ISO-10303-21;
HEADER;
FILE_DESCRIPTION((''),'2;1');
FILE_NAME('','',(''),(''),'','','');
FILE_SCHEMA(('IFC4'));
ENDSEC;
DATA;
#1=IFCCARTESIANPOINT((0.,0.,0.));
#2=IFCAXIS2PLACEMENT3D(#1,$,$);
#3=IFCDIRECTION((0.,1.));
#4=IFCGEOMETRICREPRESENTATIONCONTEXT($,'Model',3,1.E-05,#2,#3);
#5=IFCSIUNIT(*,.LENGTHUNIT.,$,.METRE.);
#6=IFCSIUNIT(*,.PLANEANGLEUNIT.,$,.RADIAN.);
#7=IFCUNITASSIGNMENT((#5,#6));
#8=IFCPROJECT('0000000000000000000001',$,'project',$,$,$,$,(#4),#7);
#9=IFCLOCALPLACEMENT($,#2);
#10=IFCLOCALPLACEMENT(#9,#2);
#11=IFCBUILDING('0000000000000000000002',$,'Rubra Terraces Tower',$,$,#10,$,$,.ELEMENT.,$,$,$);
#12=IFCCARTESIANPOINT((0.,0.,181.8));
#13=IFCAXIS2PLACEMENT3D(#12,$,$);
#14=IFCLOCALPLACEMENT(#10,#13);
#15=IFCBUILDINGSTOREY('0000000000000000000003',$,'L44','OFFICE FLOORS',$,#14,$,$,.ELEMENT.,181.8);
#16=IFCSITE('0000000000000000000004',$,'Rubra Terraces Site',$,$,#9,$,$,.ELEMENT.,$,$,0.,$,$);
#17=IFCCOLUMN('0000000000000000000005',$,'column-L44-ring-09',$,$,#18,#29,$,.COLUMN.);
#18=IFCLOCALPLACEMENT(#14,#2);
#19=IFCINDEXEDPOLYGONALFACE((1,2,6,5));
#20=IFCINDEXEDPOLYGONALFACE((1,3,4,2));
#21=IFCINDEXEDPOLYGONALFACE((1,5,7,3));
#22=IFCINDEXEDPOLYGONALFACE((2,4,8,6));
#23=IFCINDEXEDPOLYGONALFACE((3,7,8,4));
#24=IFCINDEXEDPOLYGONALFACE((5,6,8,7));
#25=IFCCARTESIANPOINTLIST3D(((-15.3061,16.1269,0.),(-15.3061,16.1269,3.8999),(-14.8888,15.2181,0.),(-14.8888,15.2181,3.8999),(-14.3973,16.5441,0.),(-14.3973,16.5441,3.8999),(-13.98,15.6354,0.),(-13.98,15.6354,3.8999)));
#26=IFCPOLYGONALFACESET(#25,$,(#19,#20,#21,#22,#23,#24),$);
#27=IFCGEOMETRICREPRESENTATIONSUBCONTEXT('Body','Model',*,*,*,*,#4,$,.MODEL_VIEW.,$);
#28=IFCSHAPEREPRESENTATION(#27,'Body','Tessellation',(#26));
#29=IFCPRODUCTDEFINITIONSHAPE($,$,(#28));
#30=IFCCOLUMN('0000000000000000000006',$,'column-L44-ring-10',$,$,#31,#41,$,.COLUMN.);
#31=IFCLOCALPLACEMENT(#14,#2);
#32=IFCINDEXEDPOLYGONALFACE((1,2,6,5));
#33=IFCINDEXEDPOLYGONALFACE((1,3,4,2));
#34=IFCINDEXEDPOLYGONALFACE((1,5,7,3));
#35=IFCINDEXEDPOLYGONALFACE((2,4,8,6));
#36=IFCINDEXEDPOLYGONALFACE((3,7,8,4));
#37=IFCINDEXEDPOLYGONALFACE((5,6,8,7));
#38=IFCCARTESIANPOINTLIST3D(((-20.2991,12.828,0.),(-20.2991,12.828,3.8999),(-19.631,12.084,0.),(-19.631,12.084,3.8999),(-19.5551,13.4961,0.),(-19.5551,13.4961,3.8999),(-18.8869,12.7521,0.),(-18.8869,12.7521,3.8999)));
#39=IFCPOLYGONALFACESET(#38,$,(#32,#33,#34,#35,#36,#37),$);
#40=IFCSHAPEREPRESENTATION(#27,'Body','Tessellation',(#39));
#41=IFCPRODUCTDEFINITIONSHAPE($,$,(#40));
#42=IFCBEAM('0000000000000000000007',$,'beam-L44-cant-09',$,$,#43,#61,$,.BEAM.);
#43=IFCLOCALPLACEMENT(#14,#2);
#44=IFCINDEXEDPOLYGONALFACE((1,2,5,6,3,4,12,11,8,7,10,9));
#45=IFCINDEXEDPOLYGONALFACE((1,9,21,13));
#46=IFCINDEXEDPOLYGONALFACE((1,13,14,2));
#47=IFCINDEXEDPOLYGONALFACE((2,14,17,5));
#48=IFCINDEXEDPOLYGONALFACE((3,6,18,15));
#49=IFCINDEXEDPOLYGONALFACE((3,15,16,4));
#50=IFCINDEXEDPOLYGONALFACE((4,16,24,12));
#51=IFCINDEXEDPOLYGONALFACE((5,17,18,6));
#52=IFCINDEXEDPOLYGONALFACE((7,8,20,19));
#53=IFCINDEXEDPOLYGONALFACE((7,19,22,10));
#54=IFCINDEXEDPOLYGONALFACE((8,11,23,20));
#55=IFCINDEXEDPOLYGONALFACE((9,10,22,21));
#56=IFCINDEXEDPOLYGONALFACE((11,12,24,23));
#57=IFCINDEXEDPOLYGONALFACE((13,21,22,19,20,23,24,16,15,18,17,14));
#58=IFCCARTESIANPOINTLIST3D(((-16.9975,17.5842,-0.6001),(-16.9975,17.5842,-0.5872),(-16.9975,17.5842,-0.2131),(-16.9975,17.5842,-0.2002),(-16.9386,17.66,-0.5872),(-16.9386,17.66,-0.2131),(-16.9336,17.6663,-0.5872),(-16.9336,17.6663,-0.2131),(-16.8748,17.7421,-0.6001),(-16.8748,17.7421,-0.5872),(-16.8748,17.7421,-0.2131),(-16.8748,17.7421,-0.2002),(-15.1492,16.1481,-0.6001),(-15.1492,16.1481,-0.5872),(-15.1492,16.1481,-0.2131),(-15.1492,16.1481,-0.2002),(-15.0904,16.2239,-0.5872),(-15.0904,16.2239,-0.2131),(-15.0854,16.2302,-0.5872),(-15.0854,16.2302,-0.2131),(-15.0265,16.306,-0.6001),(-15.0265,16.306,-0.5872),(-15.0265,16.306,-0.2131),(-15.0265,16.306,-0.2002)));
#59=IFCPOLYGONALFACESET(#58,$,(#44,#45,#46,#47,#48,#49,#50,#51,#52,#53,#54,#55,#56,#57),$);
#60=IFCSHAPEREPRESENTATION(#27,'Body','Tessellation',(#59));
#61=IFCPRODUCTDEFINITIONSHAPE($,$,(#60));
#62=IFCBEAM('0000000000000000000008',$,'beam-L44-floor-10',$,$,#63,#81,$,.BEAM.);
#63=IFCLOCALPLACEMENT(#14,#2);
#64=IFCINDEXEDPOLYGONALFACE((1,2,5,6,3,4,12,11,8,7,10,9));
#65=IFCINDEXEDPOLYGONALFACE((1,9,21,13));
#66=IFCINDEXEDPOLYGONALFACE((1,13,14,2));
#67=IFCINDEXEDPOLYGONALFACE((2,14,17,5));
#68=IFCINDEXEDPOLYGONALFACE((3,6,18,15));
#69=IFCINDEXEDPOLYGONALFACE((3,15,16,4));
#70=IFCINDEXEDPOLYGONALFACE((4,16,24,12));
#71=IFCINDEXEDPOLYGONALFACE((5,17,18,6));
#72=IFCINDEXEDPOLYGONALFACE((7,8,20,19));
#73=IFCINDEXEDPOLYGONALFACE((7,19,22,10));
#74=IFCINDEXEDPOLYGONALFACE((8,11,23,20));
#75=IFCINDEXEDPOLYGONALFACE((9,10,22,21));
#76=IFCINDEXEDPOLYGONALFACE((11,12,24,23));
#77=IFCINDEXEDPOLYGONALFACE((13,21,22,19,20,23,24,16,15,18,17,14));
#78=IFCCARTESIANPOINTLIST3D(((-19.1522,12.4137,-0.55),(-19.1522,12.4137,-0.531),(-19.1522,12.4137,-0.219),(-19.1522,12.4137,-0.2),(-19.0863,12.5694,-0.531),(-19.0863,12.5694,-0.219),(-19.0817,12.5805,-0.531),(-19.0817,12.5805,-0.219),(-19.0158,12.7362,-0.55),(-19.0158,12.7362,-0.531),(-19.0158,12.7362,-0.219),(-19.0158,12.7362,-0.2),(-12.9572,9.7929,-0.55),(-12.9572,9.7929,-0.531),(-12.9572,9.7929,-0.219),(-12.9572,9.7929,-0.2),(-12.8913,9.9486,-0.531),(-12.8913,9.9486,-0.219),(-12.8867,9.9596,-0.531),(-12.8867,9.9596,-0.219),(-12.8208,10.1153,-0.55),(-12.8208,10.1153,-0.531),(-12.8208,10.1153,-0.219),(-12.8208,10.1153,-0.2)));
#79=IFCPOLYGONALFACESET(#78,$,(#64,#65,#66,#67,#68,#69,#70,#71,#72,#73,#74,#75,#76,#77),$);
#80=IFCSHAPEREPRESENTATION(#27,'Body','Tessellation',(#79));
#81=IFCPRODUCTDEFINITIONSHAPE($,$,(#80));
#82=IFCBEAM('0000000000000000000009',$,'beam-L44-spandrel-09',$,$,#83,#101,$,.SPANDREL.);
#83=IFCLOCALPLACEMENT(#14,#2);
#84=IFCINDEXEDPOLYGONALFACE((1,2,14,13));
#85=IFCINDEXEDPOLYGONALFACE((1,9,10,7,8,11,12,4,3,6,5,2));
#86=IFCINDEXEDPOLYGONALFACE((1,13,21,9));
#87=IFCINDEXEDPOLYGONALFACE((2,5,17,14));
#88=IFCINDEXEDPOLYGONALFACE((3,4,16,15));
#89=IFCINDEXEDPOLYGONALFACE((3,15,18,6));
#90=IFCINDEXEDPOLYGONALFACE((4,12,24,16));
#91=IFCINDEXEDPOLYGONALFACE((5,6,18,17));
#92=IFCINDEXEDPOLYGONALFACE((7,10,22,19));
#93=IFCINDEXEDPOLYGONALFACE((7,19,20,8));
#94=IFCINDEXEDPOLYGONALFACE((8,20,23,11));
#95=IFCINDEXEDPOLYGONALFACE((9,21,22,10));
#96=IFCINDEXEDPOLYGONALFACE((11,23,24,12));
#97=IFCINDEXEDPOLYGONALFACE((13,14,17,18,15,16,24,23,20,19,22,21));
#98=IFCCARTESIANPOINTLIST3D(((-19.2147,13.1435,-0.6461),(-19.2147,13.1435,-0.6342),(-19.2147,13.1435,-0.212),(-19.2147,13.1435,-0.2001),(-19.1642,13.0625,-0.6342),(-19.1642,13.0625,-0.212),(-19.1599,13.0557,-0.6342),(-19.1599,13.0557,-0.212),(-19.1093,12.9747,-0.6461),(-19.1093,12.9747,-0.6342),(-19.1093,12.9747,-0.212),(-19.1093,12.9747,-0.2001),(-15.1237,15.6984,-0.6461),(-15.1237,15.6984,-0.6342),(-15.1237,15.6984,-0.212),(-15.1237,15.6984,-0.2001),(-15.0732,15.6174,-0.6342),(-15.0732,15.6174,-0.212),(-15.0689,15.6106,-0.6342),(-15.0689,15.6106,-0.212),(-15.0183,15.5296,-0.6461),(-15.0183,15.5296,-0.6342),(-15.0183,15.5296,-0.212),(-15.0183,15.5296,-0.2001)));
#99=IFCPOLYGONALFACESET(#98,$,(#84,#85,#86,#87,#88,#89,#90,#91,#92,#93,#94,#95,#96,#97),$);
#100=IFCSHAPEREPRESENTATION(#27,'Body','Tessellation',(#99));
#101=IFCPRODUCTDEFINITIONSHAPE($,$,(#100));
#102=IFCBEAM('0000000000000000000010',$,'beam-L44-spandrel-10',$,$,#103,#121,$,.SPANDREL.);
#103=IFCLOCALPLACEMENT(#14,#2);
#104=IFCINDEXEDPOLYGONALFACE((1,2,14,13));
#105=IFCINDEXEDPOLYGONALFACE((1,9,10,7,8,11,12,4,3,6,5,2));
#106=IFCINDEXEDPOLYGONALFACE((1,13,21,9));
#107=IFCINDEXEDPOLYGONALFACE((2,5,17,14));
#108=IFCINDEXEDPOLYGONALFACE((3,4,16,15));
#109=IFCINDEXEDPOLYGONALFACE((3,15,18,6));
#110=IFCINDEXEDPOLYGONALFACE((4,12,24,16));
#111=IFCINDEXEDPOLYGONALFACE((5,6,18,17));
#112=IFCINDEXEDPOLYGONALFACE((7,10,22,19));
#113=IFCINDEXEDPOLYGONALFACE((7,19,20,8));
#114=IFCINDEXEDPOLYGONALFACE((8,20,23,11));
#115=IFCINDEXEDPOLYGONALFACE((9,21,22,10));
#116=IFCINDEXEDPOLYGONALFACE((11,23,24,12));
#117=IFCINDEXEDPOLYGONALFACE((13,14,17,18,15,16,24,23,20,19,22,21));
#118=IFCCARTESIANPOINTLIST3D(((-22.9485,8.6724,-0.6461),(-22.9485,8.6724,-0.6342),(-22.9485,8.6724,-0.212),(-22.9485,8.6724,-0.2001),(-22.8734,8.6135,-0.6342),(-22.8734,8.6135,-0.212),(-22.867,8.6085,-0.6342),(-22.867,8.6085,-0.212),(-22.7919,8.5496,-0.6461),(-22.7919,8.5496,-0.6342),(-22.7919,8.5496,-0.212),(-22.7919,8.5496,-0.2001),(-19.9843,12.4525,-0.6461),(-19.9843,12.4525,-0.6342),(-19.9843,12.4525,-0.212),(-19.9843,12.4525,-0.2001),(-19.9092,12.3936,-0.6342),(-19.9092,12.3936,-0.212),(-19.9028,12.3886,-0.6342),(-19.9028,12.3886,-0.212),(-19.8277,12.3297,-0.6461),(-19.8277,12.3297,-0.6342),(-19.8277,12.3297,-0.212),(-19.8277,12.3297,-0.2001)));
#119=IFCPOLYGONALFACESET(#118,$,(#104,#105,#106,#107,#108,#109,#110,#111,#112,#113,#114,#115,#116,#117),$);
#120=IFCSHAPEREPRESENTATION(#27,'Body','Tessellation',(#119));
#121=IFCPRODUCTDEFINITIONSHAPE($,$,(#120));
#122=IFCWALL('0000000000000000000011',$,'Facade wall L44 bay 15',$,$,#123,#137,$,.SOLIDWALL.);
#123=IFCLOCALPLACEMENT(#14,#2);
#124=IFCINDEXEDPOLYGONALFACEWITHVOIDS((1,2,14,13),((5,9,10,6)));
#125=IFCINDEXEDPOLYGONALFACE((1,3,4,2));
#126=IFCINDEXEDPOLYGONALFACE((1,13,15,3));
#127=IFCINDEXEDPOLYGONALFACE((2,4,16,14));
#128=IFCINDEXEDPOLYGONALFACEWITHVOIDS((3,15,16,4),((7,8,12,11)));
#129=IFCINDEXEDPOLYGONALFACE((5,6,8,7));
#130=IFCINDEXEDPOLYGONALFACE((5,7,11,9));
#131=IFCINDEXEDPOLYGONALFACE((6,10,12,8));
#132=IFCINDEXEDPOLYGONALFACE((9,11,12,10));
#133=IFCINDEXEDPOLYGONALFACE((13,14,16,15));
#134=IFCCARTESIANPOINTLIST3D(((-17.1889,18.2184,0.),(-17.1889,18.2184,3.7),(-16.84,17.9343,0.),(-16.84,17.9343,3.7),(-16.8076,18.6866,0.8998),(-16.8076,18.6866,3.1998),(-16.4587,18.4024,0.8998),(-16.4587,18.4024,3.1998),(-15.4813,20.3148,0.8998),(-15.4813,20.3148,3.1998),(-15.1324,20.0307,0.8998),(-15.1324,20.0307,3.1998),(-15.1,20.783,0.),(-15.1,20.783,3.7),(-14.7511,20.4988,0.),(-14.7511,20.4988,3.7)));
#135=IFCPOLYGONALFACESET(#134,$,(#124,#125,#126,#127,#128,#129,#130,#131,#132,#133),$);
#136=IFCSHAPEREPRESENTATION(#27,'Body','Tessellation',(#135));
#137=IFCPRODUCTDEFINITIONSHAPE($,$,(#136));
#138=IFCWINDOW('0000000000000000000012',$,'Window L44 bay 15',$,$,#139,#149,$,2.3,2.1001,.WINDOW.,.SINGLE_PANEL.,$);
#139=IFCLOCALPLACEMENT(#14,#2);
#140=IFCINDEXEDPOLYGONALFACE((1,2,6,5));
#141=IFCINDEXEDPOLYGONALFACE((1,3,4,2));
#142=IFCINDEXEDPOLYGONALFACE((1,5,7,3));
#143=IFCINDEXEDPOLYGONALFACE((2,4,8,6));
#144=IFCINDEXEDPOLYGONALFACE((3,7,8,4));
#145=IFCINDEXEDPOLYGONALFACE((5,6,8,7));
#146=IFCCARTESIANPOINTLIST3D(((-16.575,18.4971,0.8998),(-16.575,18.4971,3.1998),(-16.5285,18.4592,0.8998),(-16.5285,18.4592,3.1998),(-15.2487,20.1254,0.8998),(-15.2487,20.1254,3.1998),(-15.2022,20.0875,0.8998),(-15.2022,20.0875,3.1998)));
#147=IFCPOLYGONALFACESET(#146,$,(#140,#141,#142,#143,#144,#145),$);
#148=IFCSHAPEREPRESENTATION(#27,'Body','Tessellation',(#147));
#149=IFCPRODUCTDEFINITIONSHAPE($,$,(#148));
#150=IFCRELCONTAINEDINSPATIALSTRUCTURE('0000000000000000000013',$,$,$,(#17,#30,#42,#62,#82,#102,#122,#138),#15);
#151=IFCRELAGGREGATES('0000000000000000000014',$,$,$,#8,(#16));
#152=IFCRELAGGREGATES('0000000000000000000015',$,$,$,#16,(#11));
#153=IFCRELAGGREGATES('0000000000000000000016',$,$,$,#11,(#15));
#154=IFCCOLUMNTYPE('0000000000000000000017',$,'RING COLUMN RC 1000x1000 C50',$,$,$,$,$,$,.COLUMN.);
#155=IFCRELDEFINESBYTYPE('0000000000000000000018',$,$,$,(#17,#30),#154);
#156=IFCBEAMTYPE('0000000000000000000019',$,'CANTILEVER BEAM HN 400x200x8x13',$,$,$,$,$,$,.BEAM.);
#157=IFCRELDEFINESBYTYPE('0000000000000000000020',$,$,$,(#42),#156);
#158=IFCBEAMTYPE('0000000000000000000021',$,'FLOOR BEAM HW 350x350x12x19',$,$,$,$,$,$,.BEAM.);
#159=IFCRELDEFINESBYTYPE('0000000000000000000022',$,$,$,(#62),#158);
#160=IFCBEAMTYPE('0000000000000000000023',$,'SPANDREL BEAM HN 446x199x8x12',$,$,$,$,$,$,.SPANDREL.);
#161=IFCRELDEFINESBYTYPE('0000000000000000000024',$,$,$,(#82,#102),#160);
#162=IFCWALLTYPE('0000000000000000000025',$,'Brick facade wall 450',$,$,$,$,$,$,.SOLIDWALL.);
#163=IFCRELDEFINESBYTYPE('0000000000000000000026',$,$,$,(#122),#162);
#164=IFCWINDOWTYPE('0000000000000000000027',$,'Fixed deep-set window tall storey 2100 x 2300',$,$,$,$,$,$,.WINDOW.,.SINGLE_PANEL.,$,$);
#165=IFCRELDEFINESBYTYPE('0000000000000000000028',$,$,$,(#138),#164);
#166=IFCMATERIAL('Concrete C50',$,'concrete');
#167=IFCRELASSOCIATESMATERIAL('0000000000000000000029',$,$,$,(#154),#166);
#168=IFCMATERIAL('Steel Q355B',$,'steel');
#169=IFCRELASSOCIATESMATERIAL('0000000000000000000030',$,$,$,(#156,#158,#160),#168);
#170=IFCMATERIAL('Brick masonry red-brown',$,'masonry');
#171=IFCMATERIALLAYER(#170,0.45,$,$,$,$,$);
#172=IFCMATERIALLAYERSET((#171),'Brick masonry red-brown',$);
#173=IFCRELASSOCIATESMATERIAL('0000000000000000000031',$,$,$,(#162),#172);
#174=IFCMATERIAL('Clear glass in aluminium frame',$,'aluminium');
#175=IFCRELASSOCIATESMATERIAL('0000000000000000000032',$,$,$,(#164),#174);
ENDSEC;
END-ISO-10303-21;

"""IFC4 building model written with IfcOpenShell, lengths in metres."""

from ifc_helpers import new_model, si_unit, direction, frame, frame_2d, origin, origin_2d, place, context, subcontext, project, spatial, rectangle, i_section, extrude, material, layer, layer_set, material_profile, profile_set, type_object, element, fill, save


model = new_model("IFC4")

# Units and contexts
model_context = context("Model", 3, precision=1e-05, world=origin(), true_north=direction((0.0, 1.0)))
body_context = subcontext(model_context, "Body", "Model", "MODEL_VIEW")
ifc_project = project(units=[si_unit("LENGTHUNIT", "METRE"), si_unit("PLANEANGLEUNIT", "RADIAN")], contexts=[model_context])

# Site, building, storey
site_placement = place(None, origin())
site = spatial("IfcSite", under=ifc_project, at=site_placement, Name="Rubra Terraces Site", CompositionType="ELEMENT", RefElevation=0.0)
building_placement = place(site_placement, origin())
building = spatial("IfcBuilding", under=site, at=building_placement, Name="Rubra Terraces Tower", CompositionType="ELEMENT")
storey_placement = place(building_placement, frame((0.0, 0.0, 181.8)))
storey = spatial("IfcBuildingStorey", under=building, at=storey_placement, Name="L44", Description="OFFICE FLOORS", CompositionType="ELEMENT", Elevation=181.8)

# Columns
ifc_material_1 = material(Name="Concrete C50", Category="concrete")
ifc_material_profile_1 = material_profile(ifc_material_1, rectangle(XDim=1.0, YDim=1.0, at=origin_2d()), Name="RC 1000x1000")
ifc_profile_set_1 = profile_set([ifc_material_profile_1], Name="Concrete C50")
column_type = type_object("IfcColumnType", Name="RING COLUMN RC 1000x1000 C50", PredefinedType="COLUMN", material=ifc_profile_set_1)
for number, where, z_axis, x_axis, name in (
    (1, (-14.6431, 15.8811, 0.0), (0.0, 0.0, 1.0), (-0.908779, -0.417279, 0.0), "column-L44-ring-09"),
    (2, (-19.593, 12.79, 0.0), (0.0, 0.0, 1.0), (-0.744021, -0.668156, 0.0), "column-L44-ring-10"),
):
    element("IfcColumn", number, at=place(storey_placement, frame(where, z_axis=z_axis, x_axis=x_axis)), inside=storey, type_object=column_type, Name=name, PredefinedType="COLUMN", context=body_context, shape_type="SweptSolid", body=[
        extrude(rectangle(XDim=1.0, YDim=1.0, at=origin_2d()), origin(), (0.0, 0.0, 1.0), 3.8999),
    ])

# Beams
ifc_material_2 = material(Name="Steel Q355B", Category="steel")
ifc_material_profile_2 = material_profile(ifc_material_2, i_section(OverallWidth=0.2, OverallDepth=0.3999, WebThickness=0.0081, FlangeThickness=0.0129, at=origin_2d()), Name="HN 400x200x8x13")
ifc_profile_set_2 = profile_set([ifc_material_profile_2], Name="Steel Q355B")
beam_type_1 = type_object("IfcBeamType", Name="CANTILEVER BEAM HN 400x200x8x13", PredefinedType="BEAM", material=ifc_profile_set_2)
beam_1_placement = place(storey_placement, frame((-15.0879, 16.2271, -0.4001), z_axis=(-0.789644, 0.613565, 0.0), x_axis=(-0.613565, -0.789644, 0.0)))
element("IfcBeam", 3, at=beam_1_placement, inside=storey, type_object=beam_type_1, Name="beam-L44-cant-09", PredefinedType="BEAM", context=body_context, shape_type="SweptSolid", body=[
    extrude(i_section(OverallWidth=0.2, OverallDepth=0.3999, WebThickness=0.0081, FlangeThickness=0.0129, at=origin_2d()), origin(), (0.0, 0.0, 1.0), 2.3406),
])
ifc_material_profile_3 = material_profile(ifc_material_2, i_section(OverallWidth=0.3501, OverallDepth=0.3501, WebThickness=0.012, FlangeThickness=0.019, at=origin_2d()), Name="HW 350x350x12x19")
ifc_profile_set_3 = profile_set([ifc_material_profile_3], Name="Steel Q355B")
beam_type_2 = type_object("IfcBeamType", Name="FLOOR BEAM HW 350x350x12x19", PredefinedType="BEAM", material=ifc_profile_set_3)
beam_2_placement = place(storey_placement, frame((-19.084, 12.575, -0.375), z_axis=(0.920975, -0.389622, 0.0), x_axis=(0.389622, 0.920975, 0.0)))
element("IfcBeam", 4, at=beam_2_placement, inside=storey, type_object=beam_type_2, Name="beam-L44-floor-10", PredefinedType="BEAM", context=body_context, shape_type="SweptSolid", body=[
    extrude(i_section(OverallWidth=0.3501, OverallDepth=0.3501, WebThickness=0.012, FlangeThickness=0.019, at=origin_2d()), origin(), (0.0, 0.0, 1.0), 6.7266),
])
ifc_material_profile_4 = material_profile(ifc_material_2, i_section(OverallWidth=0.199, OverallDepth=0.446, WebThickness=0.0081, FlangeThickness=0.012, at=origin_2d()), Name="HN 446x199x8x12")
ifc_profile_set_4 = profile_set([ifc_material_profile_4], Name="Steel Q355B")
beam_type_3 = type_object("IfcBeamType", Name="SPANDREL BEAM HN 446x199x8x12", PredefinedType="SPANDREL", material=ifc_profile_set_4)
beam_3_placement = place(storey_placement, frame((-15.071, 15.614, -0.4231), z_axis=(-0.848183, -0.529703, 0.0), x_axis=(0.529703, -0.848183, 0.0)))
element("IfcBeam", 5, at=beam_3_placement, inside=storey, type_object=beam_type_3, Name="beam-L44-spandrel-09", PredefinedType="SPANDREL", context=body_context, shape_type="SweptSolid", body=[
    extrude(i_section(OverallWidth=0.199, OverallDepth=0.446, WebThickness=0.0081, FlangeThickness=0.012, at=origin_2d()), origin(), (0.0, 0.0, 1.0), 4.8232),
])
beam_4_placement = place(storey_placement, frame((-19.906, 12.3911, -0.4231), z_axis=(-0.61706, -0.786916, 0.0), x_axis=(0.786916, -0.61706, 0.0)))
element("IfcBeam", 6, at=beam_4_placement, inside=storey, type_object=beam_type_3, Name="beam-L44-spandrel-10", PredefinedType="SPANDREL", context=body_context, shape_type="SweptSolid", body=[
    extrude(i_section(OverallWidth=0.199, OverallDepth=0.446, WebThickness=0.0081, FlangeThickness=0.012, at=origin_2d()), origin(), (0.0, 0.0, 1.0), 4.8037),
])

# Wall, opening, window
ifc_material_3 = material(Name="Brick masonry red-brown", Category="masonry")
ifc_layer_1 = layer(ifc_material_3, 0.45)
ifc_layer_set_1 = layer_set([ifc_layer_1], Name="Brick masonry red-brown")
wall_type_1 = type_object("IfcWallType", Name="Brick facade wall 450", PredefinedType="SOLIDWALL", material=ifc_layer_set_1)
wall_1_placement = place(storey_placement, frame((-14.9255, 20.6409, 0.0), z_axis=(0.0, 0.0, 1.0), x_axis=(-0.631548, -0.775337, 0.0)))
wall_1 = element("IfcWall", 7, at=wall_1_placement, inside=storey, type_object=wall_type_1, Name="Facade wall L44 bay 15", PredefinedType="SOLIDWALL", context=body_context, shape_type="SweptSolid", body=[
    extrude(rectangle(XDim=3.3076, YDim=0.45, at=frame_2d((1.6538, 0.0))), origin(), (0.0, 0.0, 1.0), 3.7),
])
opening_1_placement = place(wall_1_placement, frame((0.6038, 0.0, 0.8999)))
opening_1 = element("IfcOpeningElement", 8, at=opening_1_placement, cuts=wall_1, PredefinedType="OPENING", context=body_context, shape_type="SweptSolid", body=[
    extrude(rectangle(XDim=2.1001, YDim=2.3, at=frame_2d((1.05, 1.1499))), frame((0.0, 0.2349, 0.0), z_axis=(0.0, -1.0, 0.0), x_axis=(1.0, 0.0, 0.0)), (0.0, 0.0, 1.0), 0.47),
])
ifc_material_4 = material(Name="Clear glass in aluminium frame", Category="aluminium")
window_type_1 = type_object("IfcWindowType", Name="Fixed deep-set window tall storey 2100 x 2300", PartitioningType="SINGLE_PANEL", PredefinedType="WINDOW", material=ifc_material_4)
window_1_placement = place(opening_1_placement, origin())
window_1 = element("IfcWindow", 9, at=window_1_placement, inside=storey, type_object=window_type_1, Name="Window L44 bay 15", OverallHeight=2.3, OverallWidth=2.1001, PartitioningType="SINGLE_PANEL", PredefinedType="WINDOW", context=body_context, shape_type="SweptSolid", body=[
    extrude(rectangle(XDim=2.1001, YDim=2.3, at=frame_2d((1.05, 1.1499))), frame((0.0, 0.135, 0.0), z_axis=(0.0, -1.0, 0.0), x_axis=(1.0, 0.0, 0.0)), (0.0, 0.0, 1.0), 0.0601),
])
fill(opening_1, window_1)

save(model, "model.ifc")
